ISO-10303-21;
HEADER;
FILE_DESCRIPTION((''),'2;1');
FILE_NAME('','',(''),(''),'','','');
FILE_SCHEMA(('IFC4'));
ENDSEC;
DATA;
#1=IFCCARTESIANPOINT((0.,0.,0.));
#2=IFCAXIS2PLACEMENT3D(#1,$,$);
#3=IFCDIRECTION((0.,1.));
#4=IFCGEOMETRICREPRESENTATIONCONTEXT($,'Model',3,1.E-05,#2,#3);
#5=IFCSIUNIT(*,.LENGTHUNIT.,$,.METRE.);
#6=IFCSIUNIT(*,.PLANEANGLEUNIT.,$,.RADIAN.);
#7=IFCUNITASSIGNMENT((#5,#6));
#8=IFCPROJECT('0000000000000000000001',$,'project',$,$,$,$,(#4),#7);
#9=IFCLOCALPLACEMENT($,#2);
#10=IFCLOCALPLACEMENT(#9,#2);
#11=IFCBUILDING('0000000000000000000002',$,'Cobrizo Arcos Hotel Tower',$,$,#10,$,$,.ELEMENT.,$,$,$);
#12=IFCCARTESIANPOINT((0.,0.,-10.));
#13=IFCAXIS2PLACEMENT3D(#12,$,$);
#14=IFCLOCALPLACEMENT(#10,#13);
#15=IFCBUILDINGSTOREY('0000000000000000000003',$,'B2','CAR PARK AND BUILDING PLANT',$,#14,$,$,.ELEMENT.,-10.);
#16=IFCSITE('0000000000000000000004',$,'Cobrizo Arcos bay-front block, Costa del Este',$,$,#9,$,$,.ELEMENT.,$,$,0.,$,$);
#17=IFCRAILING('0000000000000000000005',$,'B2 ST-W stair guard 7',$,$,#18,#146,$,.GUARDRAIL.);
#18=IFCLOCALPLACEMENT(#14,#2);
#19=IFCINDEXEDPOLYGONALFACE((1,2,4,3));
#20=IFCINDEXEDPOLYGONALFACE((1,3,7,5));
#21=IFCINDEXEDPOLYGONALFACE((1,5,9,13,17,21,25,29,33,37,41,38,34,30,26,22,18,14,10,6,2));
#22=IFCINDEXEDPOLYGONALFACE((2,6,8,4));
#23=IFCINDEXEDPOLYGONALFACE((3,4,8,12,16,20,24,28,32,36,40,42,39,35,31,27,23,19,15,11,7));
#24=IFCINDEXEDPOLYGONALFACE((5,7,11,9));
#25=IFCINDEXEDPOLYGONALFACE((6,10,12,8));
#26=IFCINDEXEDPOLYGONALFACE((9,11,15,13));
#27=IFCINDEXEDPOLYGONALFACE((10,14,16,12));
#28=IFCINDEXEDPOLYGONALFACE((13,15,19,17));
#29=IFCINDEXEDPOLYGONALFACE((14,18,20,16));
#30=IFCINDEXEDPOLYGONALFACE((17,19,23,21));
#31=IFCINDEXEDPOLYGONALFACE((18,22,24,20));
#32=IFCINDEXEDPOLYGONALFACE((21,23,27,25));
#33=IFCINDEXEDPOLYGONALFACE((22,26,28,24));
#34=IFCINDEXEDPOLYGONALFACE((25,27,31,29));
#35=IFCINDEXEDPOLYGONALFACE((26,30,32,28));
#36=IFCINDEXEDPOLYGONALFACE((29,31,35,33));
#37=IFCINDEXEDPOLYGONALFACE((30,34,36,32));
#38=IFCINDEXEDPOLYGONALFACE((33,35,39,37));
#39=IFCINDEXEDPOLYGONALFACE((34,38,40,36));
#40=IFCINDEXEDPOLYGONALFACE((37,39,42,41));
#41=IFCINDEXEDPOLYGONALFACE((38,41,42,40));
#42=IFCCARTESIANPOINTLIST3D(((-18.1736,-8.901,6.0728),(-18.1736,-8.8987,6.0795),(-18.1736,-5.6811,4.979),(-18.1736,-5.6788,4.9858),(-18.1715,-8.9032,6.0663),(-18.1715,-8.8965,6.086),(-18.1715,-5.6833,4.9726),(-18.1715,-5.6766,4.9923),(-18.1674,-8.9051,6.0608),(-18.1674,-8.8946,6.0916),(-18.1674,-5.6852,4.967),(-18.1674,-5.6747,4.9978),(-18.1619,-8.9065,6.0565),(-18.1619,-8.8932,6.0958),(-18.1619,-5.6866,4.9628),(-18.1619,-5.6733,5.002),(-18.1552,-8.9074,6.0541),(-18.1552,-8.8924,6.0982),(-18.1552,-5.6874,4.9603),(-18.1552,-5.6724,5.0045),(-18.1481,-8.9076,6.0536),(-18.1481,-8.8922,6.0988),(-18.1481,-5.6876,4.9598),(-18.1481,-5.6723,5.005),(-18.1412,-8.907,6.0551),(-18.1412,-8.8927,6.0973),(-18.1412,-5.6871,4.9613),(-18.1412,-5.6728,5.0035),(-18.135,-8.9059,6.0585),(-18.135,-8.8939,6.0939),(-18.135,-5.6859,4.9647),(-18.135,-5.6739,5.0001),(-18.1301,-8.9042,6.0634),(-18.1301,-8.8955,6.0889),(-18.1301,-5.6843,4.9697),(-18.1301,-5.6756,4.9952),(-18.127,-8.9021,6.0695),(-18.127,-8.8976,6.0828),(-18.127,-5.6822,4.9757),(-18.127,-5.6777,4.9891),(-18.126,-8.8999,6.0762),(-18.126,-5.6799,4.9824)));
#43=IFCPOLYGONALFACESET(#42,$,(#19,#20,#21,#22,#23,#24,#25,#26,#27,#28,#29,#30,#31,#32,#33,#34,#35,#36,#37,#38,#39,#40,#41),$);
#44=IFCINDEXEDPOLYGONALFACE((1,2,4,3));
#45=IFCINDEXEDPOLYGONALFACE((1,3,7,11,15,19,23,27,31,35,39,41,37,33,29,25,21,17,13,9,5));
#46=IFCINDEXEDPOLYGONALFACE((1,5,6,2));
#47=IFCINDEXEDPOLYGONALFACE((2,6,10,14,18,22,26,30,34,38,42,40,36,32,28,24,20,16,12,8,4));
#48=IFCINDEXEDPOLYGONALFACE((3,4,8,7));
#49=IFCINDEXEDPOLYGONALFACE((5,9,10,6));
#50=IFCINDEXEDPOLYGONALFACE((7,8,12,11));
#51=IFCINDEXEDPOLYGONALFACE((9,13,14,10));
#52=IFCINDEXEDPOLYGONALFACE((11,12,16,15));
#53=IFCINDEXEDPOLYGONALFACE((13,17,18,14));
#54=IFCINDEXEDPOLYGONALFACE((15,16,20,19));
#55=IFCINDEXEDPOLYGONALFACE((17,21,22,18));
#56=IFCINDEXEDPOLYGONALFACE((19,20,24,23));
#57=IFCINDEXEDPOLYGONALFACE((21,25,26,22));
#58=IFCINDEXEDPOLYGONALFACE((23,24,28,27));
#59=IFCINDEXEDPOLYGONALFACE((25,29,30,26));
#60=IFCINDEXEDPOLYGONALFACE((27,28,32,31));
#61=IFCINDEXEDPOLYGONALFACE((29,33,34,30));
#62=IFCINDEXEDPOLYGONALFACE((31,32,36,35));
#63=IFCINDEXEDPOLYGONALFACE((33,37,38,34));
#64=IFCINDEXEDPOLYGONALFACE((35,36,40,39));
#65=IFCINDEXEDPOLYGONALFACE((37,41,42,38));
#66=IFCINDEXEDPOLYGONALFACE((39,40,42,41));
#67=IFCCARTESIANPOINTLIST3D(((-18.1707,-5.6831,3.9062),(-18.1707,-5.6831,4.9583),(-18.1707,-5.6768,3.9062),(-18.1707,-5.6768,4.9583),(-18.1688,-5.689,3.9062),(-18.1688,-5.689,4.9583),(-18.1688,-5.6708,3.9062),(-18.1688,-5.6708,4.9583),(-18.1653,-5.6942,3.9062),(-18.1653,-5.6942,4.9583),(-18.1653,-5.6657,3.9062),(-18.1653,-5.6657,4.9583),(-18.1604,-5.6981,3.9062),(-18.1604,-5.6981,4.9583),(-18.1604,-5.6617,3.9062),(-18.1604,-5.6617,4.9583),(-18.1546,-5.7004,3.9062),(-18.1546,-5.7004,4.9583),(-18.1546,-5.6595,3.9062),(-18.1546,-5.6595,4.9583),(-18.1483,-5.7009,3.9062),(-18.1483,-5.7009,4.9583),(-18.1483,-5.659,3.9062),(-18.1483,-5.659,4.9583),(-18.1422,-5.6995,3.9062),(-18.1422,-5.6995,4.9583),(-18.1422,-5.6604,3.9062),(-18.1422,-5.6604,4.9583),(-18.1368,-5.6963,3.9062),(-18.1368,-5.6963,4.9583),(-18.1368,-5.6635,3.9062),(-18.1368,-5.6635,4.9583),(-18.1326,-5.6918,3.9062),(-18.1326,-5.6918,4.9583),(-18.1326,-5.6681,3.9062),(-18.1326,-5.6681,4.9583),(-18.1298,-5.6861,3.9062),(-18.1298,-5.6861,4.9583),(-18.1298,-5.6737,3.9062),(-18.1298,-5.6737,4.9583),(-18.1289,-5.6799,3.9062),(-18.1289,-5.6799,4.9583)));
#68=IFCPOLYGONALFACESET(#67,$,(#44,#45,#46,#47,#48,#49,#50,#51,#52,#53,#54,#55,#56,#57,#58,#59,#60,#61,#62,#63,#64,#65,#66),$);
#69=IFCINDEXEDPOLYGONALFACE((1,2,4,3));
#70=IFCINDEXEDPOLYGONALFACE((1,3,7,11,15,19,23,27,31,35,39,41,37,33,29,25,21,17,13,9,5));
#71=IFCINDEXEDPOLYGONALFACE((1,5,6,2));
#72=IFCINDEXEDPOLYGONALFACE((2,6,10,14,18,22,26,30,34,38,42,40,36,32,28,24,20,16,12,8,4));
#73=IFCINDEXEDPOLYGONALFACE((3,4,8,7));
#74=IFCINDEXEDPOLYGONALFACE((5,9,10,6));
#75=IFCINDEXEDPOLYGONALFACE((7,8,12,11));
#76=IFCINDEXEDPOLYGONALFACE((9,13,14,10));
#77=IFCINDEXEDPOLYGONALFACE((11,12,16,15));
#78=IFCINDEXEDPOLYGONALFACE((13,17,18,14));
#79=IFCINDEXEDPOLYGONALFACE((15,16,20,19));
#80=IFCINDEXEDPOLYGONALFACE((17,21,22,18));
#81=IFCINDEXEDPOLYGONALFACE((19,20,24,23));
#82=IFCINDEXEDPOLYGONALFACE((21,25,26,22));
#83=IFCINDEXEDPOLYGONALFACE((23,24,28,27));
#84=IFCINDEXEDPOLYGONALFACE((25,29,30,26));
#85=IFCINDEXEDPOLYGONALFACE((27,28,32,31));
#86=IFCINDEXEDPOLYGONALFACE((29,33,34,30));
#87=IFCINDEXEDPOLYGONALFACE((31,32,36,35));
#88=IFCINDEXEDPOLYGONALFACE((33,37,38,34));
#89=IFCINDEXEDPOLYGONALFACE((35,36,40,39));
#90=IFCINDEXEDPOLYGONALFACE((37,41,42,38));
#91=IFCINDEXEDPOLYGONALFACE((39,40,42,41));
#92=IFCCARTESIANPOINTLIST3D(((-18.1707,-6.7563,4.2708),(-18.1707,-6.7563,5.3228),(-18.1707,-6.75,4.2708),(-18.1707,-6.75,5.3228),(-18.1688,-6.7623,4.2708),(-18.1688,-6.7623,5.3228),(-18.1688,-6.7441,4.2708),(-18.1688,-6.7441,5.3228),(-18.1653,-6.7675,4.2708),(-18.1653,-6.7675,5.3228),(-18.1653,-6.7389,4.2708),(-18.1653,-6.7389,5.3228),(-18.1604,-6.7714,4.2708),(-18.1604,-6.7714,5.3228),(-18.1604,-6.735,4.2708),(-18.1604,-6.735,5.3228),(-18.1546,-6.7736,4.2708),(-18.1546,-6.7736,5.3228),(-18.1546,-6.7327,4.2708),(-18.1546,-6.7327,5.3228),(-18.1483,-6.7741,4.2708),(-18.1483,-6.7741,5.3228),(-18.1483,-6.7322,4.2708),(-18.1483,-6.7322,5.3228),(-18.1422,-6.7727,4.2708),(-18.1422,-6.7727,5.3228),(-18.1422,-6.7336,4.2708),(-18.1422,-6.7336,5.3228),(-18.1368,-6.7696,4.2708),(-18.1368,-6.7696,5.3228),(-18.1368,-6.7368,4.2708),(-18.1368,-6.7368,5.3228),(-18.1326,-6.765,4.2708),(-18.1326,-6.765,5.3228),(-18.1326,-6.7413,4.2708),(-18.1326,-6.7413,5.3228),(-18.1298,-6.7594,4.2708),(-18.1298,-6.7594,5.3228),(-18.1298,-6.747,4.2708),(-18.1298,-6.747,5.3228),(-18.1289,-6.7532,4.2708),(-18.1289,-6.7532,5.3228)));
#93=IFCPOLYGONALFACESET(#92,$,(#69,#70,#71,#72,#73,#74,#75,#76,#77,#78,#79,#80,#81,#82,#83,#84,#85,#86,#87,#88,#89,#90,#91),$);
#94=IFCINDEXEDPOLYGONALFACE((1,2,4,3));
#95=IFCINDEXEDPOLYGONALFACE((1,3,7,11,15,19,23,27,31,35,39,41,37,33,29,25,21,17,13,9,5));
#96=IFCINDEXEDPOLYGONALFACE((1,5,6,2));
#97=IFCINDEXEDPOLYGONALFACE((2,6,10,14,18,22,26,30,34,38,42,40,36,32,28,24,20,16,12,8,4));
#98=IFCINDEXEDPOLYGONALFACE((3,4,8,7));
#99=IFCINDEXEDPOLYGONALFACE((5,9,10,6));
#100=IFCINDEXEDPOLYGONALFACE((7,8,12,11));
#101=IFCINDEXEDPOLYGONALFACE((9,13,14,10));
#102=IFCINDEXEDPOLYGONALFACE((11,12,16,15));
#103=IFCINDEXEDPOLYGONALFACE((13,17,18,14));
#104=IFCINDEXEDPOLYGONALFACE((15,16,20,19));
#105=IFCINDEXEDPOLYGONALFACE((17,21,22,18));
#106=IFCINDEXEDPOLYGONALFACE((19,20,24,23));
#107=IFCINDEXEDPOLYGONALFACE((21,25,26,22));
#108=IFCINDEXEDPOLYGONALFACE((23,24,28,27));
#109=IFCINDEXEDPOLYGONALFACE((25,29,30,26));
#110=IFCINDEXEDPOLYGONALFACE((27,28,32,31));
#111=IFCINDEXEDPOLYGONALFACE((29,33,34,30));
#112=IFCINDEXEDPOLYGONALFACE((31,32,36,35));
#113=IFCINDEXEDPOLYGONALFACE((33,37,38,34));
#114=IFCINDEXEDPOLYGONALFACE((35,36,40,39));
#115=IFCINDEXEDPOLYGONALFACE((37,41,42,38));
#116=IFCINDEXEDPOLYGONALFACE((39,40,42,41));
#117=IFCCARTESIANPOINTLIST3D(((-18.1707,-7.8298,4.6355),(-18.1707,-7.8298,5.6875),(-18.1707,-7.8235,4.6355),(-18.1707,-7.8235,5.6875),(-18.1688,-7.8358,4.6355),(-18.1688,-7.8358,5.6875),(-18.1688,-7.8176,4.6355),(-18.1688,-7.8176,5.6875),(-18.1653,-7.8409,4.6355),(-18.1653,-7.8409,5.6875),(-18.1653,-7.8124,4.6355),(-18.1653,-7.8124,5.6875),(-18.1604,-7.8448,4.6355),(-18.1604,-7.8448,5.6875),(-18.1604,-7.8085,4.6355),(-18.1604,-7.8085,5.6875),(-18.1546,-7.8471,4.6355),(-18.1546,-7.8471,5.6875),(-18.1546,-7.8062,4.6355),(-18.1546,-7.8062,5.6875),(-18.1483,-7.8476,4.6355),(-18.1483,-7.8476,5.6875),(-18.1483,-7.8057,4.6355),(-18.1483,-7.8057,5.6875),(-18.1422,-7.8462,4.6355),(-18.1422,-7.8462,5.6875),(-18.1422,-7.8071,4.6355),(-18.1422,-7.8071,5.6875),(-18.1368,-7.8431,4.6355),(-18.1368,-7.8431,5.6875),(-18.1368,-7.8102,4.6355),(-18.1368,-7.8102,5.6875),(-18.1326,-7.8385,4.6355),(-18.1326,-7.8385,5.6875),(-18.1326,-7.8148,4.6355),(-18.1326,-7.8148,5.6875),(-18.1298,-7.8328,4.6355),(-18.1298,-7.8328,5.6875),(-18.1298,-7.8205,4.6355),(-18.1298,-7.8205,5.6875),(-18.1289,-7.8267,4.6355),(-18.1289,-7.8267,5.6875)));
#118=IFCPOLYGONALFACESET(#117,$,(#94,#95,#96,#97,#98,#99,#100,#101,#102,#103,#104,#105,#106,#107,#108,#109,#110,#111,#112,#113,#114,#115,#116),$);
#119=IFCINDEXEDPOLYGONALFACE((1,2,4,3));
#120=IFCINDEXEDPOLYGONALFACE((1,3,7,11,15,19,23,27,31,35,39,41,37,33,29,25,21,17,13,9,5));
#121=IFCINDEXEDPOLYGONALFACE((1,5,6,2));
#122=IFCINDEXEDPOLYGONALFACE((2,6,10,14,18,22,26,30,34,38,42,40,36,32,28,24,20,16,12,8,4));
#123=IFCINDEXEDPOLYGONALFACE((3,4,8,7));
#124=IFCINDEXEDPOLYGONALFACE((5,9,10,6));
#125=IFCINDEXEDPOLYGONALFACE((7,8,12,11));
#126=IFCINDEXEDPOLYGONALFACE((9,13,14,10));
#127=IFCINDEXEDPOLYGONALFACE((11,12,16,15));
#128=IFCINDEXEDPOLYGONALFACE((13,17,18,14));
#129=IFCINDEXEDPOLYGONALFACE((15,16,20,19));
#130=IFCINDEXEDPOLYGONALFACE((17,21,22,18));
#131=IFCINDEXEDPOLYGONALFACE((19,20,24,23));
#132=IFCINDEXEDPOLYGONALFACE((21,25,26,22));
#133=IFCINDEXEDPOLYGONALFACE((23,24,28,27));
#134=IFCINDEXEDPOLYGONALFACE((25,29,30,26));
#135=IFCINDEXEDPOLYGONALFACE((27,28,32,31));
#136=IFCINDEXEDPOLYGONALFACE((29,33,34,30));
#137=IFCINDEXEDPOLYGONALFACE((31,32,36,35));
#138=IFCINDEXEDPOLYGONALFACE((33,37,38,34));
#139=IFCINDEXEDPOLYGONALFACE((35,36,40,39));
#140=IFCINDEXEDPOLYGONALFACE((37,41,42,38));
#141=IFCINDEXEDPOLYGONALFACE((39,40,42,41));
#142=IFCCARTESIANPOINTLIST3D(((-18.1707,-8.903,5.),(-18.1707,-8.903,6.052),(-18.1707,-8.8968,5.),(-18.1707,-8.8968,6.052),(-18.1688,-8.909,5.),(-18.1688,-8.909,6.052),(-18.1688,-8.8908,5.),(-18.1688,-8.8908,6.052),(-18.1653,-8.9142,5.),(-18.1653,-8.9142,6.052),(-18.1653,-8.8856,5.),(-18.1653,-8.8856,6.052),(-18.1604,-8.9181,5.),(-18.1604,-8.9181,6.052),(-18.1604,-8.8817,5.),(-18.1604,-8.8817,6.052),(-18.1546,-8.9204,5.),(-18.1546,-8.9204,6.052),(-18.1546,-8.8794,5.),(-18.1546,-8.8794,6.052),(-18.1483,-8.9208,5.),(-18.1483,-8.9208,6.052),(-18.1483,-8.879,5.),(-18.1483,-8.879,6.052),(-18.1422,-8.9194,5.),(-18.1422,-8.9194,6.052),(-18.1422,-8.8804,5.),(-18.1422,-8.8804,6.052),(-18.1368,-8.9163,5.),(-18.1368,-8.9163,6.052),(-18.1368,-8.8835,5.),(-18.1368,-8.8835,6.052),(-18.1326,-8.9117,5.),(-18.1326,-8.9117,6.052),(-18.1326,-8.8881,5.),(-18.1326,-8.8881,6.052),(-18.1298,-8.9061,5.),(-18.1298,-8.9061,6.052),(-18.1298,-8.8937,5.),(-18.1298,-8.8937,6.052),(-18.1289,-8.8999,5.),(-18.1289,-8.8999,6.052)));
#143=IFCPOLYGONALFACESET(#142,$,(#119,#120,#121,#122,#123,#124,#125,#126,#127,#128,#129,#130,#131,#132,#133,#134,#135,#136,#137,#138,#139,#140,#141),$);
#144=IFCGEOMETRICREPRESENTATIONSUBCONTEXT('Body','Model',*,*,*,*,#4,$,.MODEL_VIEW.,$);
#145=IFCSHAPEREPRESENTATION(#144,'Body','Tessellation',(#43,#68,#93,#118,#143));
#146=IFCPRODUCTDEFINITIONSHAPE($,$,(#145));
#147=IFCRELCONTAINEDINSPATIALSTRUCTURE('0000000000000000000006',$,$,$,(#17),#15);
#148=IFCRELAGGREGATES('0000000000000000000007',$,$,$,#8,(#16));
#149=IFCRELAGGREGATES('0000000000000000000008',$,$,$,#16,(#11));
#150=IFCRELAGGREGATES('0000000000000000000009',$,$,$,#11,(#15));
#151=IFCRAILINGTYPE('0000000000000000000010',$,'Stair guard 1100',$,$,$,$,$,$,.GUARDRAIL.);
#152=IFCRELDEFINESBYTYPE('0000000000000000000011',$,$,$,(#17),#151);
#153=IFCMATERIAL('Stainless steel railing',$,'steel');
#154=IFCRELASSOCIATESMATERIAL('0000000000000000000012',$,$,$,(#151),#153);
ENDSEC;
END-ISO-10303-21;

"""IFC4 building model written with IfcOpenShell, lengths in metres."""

from ifc_helpers import new_model, si_unit, direction, frame, origin, origin_2d, place, context, subcontext, project, spatial, circle, extrude, material, type_object, element, save


model = new_model("IFC4")

# Units and contexts
model_context = context("Model", 3, precision=1e-05, world=origin(), true_north=direction((0.0, 1.0)))
body_context = subcontext(model_context, "Body", "Model", "MODEL_VIEW")
ifc_project = project(units=[si_unit("LENGTHUNIT", "METRE"), si_unit("PLANEANGLEUNIT", "RADIAN")], contexts=[model_context])

# Site, building, storey
site_placement = place(None, origin())
site = spatial("IfcSite", under=ifc_project, at=site_placement, Name="Cobrizo Arcos bay-front block, Costa del Este", CompositionType="ELEMENT", RefElevation=0.0)
building_placement = place(site_placement, origin())
building = spatial("IfcBuilding", under=site, at=building_placement, Name="Cobrizo Arcos Hotel Tower", CompositionType="ELEMENT")
storey_placement = place(building_placement, frame((0.0, 0.0, -10.0)))
storey = spatial("IfcBuildingStorey", under=building, at=storey_placement, Name="B2", Description="CAR PARK AND BUILDING PLANT", CompositionType="ELEMENT", Elevation=-10.0)

# Railing
ifc_material_1 = material(Name="Stainless steel railing", Category="steel")
railing_type_1 = type_object("IfcRailingType", Name="Stair guard 1100", PredefinedType="GUARDRAIL", material=ifc_material_1)
railing_1_placement = place(storey_placement, frame((-18.1499, -5.6799, 3.9062)))
element("IfcRailing", 1, at=railing_1_placement, inside=storey, type_object=railing_type_1, Name="B2 ST-W stair guard 7", PredefinedType="GUARDRAIL", context=body_context, shape_type="SweptSolid", body=[
    extrude(circle(Radius=0.0239, at=origin_2d()), frame((0.0, 0.0, 1.0762), z_axis=(0.0, -0.946866, 0.321629), x_axis=(1.0, 0.0, 0.0)), (0.0, 0.0, 1.0), 3.4006),
    extrude(circle(Radius=0.021, at=origin_2d()), origin(), (0.0, 0.0, 1.0), 1.052),
    extrude(circle(Radius=0.021, at=origin_2d()), frame((0.0, -1.0732, 0.3645)), (0.0, 0.0, 1.0), 1.052),
    extrude(circle(Radius=0.021, at=origin_2d()), frame((0.0, -2.1467, 0.7292)), (0.0, 0.0, 1.0), 1.052),
    extrude(circle(Radius=0.021, at=origin_2d()), frame((0.0, -3.22, 1.0938)), (0.0, 0.0, 1.0), 1.052),
])

save(model, "model.ifc")
